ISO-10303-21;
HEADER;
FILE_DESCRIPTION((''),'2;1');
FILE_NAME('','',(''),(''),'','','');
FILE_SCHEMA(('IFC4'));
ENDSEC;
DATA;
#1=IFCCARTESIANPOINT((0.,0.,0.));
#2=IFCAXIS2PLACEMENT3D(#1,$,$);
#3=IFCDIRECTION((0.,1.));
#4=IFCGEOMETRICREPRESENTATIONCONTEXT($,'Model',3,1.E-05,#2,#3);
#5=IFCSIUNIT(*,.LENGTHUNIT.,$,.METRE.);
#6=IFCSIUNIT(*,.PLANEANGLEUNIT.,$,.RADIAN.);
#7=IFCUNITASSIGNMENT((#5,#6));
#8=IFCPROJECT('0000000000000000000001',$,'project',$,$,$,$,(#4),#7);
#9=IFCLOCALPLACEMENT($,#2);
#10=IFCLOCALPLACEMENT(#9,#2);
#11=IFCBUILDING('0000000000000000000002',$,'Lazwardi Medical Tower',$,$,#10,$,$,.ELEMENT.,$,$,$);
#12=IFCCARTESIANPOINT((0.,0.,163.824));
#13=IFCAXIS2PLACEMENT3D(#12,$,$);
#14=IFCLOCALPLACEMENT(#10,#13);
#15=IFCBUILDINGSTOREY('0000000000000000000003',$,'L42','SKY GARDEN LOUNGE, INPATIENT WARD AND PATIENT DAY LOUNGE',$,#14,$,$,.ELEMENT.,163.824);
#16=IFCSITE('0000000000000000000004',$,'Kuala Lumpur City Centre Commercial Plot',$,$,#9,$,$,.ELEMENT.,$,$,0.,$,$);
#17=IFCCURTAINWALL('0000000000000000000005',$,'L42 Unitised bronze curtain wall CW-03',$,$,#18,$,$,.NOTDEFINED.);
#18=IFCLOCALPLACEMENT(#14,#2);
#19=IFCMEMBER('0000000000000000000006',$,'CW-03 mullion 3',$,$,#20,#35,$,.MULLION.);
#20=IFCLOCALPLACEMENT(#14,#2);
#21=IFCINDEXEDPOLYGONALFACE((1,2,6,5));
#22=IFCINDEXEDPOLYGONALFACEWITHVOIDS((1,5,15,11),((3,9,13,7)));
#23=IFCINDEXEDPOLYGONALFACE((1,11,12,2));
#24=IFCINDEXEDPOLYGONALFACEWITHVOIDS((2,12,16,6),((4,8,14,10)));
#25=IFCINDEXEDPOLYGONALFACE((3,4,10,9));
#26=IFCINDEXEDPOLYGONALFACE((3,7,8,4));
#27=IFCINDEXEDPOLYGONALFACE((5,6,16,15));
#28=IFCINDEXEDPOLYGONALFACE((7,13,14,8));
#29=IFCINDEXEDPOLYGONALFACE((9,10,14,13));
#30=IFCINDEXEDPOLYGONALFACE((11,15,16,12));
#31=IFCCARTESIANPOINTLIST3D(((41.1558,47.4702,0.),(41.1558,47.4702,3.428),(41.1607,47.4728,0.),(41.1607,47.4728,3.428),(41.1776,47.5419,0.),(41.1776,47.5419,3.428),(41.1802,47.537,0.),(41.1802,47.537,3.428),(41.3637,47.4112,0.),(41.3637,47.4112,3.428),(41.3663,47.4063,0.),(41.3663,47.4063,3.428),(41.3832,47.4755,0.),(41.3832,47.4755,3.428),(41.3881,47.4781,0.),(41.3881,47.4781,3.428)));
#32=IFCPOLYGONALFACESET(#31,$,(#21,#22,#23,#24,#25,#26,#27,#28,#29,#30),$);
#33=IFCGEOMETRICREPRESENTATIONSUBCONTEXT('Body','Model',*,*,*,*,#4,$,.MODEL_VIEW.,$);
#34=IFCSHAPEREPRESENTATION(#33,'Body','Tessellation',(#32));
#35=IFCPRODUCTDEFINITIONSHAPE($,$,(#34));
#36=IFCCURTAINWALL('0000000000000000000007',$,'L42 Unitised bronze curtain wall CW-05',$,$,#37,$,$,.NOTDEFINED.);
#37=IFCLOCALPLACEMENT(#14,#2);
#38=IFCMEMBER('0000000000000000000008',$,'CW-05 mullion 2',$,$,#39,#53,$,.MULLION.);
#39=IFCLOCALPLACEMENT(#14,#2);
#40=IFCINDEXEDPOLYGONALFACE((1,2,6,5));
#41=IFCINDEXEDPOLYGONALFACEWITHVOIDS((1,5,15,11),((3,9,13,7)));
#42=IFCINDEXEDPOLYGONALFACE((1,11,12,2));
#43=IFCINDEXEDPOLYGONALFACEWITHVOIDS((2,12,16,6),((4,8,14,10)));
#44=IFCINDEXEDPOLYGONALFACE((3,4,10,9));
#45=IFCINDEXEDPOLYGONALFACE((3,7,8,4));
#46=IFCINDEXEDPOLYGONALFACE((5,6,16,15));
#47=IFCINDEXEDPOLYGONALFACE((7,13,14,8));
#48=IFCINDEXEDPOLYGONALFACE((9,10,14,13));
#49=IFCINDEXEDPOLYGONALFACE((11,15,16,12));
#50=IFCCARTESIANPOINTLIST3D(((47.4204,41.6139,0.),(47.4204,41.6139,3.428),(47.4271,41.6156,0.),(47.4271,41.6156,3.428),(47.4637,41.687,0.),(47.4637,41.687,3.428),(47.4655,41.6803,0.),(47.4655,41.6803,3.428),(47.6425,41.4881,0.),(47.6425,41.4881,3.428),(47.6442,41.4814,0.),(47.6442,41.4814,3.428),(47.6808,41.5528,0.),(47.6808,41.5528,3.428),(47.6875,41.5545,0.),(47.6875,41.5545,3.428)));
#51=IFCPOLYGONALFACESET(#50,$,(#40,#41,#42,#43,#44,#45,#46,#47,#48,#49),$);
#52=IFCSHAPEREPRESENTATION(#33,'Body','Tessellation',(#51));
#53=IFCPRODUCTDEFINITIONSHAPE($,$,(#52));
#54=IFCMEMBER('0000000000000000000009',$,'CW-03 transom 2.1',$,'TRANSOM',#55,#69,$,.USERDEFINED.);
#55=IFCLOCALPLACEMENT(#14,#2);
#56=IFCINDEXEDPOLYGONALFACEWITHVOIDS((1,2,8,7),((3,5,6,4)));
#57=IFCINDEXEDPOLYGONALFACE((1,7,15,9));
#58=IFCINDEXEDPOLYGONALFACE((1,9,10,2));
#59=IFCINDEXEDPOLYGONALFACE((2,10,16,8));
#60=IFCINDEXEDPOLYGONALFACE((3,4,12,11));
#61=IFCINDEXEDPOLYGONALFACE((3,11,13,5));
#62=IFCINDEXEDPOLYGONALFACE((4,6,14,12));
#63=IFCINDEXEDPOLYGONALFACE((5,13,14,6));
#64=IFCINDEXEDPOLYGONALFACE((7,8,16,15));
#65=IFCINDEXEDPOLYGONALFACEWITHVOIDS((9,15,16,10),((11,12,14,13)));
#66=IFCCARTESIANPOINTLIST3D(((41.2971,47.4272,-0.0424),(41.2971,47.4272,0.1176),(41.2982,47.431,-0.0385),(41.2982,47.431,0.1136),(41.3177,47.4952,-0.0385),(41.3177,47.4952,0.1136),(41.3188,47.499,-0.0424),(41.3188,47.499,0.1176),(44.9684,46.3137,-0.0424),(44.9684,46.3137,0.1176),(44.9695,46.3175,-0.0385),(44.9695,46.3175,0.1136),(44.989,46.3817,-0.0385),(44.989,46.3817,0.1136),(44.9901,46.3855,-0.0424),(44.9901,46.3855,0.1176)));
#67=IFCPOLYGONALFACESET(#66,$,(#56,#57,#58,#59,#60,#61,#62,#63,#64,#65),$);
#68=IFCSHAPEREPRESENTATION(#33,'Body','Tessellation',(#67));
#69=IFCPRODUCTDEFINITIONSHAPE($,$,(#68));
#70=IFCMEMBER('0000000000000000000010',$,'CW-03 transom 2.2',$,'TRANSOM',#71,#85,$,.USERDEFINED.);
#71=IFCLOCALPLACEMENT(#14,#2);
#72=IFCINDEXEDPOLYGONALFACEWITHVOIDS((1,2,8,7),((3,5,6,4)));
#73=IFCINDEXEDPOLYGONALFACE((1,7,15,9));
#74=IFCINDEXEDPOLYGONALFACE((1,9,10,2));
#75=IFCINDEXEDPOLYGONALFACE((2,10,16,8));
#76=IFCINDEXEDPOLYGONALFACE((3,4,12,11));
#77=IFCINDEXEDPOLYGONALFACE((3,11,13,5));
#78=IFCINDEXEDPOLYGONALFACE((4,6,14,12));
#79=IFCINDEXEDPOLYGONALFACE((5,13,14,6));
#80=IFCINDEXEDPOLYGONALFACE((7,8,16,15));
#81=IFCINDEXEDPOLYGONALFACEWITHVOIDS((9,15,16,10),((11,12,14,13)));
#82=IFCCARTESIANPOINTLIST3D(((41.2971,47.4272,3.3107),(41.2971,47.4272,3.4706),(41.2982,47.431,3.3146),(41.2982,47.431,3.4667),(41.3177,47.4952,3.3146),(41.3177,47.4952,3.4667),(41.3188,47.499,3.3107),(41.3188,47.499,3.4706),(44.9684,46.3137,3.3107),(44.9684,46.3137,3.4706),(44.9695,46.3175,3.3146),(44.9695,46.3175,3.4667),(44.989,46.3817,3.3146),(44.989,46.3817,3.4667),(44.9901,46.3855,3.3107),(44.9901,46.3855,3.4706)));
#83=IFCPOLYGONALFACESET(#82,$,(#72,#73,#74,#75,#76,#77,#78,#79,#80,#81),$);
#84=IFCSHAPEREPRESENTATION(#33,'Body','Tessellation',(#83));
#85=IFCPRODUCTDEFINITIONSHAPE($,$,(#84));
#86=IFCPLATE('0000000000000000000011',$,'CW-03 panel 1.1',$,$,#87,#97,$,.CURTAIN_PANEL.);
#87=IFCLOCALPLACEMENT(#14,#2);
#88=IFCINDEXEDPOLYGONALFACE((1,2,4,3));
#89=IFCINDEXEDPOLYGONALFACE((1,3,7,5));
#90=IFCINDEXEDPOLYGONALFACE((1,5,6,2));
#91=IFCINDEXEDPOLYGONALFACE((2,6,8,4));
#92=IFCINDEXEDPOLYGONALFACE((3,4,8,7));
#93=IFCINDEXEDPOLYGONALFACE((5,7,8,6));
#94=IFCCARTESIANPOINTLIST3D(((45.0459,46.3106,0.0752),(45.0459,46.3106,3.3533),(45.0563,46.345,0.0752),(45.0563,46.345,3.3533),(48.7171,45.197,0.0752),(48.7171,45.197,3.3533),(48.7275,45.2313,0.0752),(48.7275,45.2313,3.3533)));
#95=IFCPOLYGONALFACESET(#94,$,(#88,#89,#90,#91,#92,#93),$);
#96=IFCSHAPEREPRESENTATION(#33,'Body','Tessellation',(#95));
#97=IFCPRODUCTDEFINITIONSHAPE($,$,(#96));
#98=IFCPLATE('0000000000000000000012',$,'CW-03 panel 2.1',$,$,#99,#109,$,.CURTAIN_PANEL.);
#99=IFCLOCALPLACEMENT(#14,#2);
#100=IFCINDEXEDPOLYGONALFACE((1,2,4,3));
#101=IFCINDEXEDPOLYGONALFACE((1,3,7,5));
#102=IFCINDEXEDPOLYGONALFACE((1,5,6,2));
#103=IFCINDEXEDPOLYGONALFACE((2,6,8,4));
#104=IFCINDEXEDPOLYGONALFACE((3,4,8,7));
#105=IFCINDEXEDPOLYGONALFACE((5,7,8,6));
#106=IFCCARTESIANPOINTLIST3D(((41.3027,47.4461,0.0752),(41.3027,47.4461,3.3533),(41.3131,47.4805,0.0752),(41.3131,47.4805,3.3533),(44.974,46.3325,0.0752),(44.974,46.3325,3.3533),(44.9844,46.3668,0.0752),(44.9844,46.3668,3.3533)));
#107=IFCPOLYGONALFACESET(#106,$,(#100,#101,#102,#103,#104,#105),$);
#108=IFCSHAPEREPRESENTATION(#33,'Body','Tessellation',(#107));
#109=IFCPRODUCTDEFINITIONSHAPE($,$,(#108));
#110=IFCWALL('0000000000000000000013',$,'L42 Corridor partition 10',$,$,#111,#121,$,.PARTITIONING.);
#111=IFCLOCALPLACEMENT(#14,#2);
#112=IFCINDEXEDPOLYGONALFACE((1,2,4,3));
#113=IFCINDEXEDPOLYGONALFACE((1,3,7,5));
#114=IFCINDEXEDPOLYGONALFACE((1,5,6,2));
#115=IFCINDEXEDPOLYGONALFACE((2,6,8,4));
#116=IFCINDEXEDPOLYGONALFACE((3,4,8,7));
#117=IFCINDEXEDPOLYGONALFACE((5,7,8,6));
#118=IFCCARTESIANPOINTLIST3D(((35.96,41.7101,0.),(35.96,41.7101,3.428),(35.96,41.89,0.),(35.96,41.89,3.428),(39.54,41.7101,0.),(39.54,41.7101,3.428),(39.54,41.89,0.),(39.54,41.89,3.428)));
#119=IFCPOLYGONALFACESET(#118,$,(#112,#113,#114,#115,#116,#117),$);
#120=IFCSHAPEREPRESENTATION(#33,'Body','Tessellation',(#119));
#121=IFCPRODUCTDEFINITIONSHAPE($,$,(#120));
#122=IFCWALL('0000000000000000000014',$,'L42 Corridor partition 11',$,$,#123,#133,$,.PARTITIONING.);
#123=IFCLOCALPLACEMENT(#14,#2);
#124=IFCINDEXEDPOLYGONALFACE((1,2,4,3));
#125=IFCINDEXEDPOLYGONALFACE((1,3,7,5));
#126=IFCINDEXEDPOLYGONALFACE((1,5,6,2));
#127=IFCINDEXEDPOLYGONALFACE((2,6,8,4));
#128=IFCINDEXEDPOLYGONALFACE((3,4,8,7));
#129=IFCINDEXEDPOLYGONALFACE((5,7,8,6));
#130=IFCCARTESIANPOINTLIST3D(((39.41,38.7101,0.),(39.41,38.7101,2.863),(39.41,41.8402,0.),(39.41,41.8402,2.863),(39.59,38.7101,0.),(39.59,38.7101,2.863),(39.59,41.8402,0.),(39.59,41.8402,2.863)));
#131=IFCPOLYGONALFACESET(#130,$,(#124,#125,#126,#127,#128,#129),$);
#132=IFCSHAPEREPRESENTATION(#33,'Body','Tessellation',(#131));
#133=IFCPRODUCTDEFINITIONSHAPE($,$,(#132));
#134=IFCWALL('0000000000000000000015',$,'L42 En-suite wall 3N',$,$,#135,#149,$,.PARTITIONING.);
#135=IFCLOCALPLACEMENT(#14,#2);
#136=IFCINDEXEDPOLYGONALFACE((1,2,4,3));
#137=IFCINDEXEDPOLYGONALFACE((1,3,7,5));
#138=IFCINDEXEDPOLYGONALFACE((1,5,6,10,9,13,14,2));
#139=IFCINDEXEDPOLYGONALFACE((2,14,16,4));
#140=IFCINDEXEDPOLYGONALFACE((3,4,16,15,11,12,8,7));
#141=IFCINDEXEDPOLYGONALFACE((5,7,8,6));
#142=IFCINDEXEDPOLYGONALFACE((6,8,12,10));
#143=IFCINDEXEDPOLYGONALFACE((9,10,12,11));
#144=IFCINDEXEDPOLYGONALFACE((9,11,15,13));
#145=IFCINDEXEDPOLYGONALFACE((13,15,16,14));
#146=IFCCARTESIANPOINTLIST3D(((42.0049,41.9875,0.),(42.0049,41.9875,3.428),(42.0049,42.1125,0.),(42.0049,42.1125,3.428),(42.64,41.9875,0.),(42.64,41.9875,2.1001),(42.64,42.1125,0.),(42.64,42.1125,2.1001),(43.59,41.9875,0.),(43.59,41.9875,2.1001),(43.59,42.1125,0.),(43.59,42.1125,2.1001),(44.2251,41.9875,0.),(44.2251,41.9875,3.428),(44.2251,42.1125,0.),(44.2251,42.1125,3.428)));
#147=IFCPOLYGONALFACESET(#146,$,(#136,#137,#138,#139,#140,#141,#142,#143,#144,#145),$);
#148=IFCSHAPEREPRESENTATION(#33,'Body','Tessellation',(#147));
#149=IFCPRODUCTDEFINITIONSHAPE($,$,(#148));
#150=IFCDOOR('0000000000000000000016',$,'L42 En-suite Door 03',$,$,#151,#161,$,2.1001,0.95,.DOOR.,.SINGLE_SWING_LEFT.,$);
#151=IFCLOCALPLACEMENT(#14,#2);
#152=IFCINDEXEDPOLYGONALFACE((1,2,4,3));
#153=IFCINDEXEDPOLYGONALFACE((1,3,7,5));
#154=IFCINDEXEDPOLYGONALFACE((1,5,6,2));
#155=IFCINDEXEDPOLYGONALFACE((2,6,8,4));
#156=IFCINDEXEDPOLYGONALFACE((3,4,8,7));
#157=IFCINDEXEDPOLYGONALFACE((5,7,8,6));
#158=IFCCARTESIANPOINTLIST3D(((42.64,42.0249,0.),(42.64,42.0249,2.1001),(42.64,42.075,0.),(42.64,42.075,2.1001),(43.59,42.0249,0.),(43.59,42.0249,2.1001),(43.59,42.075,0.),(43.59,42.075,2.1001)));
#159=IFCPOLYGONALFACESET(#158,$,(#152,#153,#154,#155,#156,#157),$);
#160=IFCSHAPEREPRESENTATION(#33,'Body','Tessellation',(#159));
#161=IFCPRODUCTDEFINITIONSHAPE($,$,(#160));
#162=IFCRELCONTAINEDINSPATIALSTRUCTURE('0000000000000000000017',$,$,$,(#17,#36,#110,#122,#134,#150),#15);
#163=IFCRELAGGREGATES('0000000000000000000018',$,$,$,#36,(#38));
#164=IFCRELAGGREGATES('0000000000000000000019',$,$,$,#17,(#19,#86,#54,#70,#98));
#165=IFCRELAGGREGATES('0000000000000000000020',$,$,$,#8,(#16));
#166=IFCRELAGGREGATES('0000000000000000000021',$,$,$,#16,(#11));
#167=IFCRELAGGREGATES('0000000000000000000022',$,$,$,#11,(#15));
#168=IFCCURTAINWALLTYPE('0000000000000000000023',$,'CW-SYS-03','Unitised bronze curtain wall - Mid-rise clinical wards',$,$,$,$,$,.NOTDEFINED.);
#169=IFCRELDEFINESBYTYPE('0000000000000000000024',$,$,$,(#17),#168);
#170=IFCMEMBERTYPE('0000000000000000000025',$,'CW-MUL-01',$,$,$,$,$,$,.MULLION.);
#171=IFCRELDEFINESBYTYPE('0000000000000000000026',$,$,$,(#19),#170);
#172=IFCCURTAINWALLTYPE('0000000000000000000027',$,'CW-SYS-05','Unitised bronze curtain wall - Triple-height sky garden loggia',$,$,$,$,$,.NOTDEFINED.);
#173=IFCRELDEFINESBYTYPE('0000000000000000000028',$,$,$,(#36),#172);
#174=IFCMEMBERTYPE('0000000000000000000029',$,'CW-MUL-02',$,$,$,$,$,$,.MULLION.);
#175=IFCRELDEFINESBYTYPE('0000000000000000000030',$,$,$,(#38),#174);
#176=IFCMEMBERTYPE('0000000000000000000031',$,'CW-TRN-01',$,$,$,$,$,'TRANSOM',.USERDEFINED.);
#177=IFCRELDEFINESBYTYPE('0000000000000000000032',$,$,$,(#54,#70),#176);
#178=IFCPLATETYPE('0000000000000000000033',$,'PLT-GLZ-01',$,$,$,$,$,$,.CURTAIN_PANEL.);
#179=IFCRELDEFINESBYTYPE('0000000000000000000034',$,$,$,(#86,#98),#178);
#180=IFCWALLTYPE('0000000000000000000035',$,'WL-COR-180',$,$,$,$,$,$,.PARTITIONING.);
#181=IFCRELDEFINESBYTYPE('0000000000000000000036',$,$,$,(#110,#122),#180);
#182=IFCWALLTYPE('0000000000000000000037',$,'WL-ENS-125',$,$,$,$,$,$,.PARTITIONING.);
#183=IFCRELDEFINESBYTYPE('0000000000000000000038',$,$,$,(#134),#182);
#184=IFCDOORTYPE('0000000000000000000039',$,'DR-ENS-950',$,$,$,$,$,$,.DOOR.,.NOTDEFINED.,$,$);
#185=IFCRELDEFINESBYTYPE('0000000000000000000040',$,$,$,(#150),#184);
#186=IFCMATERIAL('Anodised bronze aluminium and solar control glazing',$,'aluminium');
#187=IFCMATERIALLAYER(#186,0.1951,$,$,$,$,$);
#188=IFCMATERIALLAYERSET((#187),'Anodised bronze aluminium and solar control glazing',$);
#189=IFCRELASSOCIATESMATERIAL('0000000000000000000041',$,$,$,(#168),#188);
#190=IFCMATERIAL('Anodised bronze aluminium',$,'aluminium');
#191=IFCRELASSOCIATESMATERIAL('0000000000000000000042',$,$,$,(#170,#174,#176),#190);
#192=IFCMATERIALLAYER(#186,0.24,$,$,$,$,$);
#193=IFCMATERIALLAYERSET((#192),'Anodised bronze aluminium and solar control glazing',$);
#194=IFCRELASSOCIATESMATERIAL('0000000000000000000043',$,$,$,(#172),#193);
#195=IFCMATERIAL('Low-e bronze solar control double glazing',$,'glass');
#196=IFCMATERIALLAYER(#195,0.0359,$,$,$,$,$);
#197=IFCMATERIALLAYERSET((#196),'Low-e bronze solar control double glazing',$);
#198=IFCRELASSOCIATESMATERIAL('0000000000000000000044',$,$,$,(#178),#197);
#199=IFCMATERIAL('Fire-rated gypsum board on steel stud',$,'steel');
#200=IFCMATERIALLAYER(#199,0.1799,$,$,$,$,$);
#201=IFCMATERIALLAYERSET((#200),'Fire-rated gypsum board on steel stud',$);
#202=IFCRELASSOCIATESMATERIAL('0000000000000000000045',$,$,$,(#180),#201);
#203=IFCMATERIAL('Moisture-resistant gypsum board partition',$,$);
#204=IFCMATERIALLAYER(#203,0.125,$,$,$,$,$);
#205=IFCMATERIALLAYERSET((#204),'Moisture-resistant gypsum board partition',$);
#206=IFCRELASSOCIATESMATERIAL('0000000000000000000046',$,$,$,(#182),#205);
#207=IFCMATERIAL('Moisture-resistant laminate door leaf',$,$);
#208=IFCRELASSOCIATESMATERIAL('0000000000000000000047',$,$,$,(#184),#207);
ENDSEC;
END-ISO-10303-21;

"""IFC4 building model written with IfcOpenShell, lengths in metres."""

from ifc_helpers import new_model, si_unit, direction, frame, frame_2d, origin, origin_2d, place, context, subcontext, project, spatial, rectangle, hollow_rectangle, extrude, material, layer, layer_set, material_profile, profile_set, type_object, element, fill, aggregate, save


model = new_model("IFC4")

# Units and contexts
model_context = context("Model", 3, precision=1e-05, world=origin(), true_north=direction((0.0, 1.0)))
body_context = subcontext(model_context, "Body", "Model", "MODEL_VIEW")
ifc_project = project(units=[si_unit("LENGTHUNIT", "METRE"), si_unit("PLANEANGLEUNIT", "RADIAN")], contexts=[model_context])

# Site, building, storey
site_placement = place(None, origin())
site = spatial("IfcSite", under=ifc_project, at=site_placement, Name="Kuala Lumpur City Centre Commercial Plot", CompositionType="ELEMENT", RefElevation=0.0)
building_placement = place(site_placement, origin())
building = spatial("IfcBuilding", under=site, at=building_placement, Name="Lazwardi Medical Tower", CompositionType="ELEMENT")
storey_placement = place(building_placement, frame((0.0, 0.0, 163.824)))
storey = spatial("IfcBuildingStorey", under=building, at=storey_placement, Name="L42", Description="SKY GARDEN LOUNGE, INPATIENT WARD AND PATIENT DAY LOUNGE", CompositionType="ELEMENT", Elevation=163.824)

# Curtain wall, member
ifc_material_1 = material(Name="Anodised bronze aluminium and solar control glazing", Category="aluminium")
ifc_layer_1 = layer(ifc_material_1, 0.1951)
ifc_layer_set_1 = layer_set([ifc_layer_1], Name="Anodised bronze aluminium and solar control glazing")
curtain_wall_type_1 = type_object("IfcCurtainWallType", Name="CW-SYS-03", Description="Unitised bronze curtain wall - Mid-rise clinical wards", PredefinedType="NOTDEFINED", material=ifc_layer_set_1)
curtain_wall_1_placement = place(storey_placement, origin())
curtain_wall_1 = element("IfcCurtainWall", 1, at=curtain_wall_1_placement, inside=storey, type_object=curtain_wall_type_1, Name="L42 Unitised bronze curtain wall CW-03", PredefinedType="NOTDEFINED")
ifc_material_2 = material(Name="Anodised bronze aluminium", Category="aluminium")
ifc_material_profile_1 = material_profile(ifc_material_2, hollow_rectangle(XDim=0.075, YDim=0.22, WallThickness=0.0039, at=origin_2d()), Name="ALU-MULLION 220x75x4")
ifc_profile_set_1 = profile_set([ifc_material_profile_1], Name="Anodised bronze aluminium")
member_type_1 = type_object("IfcMemberType", Name="CW-MUL-01", PredefinedType="MULLION", material=ifc_profile_set_1)
member_1_placement = place(storey_placement, frame((41.272, 47.4741, 0.0), z_axis=(0.0, 0.0, 1.0), x_axis=(-0.290281, -0.956942, 0.0)))
member_1 = element("IfcMember", 2, at=member_1_placement, type_object=member_type_1, Name="CW-03 mullion 3", PredefinedType="MULLION", context=body_context, shape_type="SweptSolid", body=[
    extrude(hollow_rectangle(XDim=0.075, YDim=0.22, WallThickness=0.0039, at=origin_2d()), origin(), (0.0, 0.0, 1.0), 3.428),
])

# Curtain wall, member
ifc_layer_2 = layer(ifc_material_1, 0.24)
ifc_layer_set_2 = layer_set([ifc_layer_2], Name="Anodised bronze aluminium and solar control glazing")
curtain_wall_type_2 = type_object("IfcCurtainWallType", Name="CW-SYS-05", Description="Unitised bronze curtain wall - Triple-height sky garden loggia", PredefinedType="NOTDEFINED", material=ifc_layer_set_2)
curtain_wall_2_placement = place(storey_placement, origin())
curtain_wall_2 = element("IfcCurtainWall", 3, at=curtain_wall_2_placement, inside=storey, type_object=curtain_wall_type_2, Name="L42 Unitised bronze curtain wall CW-05", PredefinedType="NOTDEFINED")
ifc_material_profile_2 = material_profile(ifc_material_2, hollow_rectangle(XDim=0.085, YDim=0.26, WallThickness=0.0049, at=origin_2d()), Name="ALU-MULLION 260x85x5")
ifc_profile_set_2 = profile_set([ifc_material_profile_2], Name="Anodised bronze aluminium")
member_type_2 = type_object("IfcMemberType", Name="CW-MUL-02", PredefinedType="MULLION", material=ifc_profile_set_2)
member_2_placement = place(storey_placement, frame((47.554, 41.5842, 0.0), z_axis=(0.0, 0.0, 1.0), x_axis=(-0.509571, -0.860429, 0.0)))
member_2 = element("IfcMember", 4, at=member_2_placement, type_object=member_type_2, Name="CW-05 mullion 2", PredefinedType="MULLION", context=body_context, shape_type="SweptSolid", body=[
    extrude(hollow_rectangle(XDim=0.085, YDim=0.26, WallThickness=0.0049, at=origin_2d()), origin(), (0.0, 0.0, 1.0), 3.428),
])
aggregate(curtain_wall_2, [member_2])

# Members
ifc_material_profile_3 = material_profile(ifc_material_2, hollow_rectangle(XDim=0.075, YDim=0.1599, WallThickness=0.0039, at=origin_2d()), Name="ALU-TRANSOM 160x75x4")
ifc_profile_set_3 = profile_set([ifc_material_profile_3], Name="Anodised bronze aluminium")
member_type_3 = type_object("IfcMemberType", Name="CW-TRN-01", ElementType="TRANSOM", PredefinedType="USERDEFINED", material=ifc_profile_set_3)
member_3_placement = place(storey_placement, frame((44.9792, 46.3496, 0.0376), z_axis=(-0.956953, 0.290242, 0.0), x_axis=(-0.290242, -0.956953, 0.0)))
member_3 = element("IfcMember", 5, at=member_3_placement, type_object=member_type_3, Name="CW-03 transom 2.1", ObjectType="TRANSOM", PredefinedType="USERDEFINED", context=body_context, shape_type="SweptSolid", body=[
    extrude(hollow_rectangle(XDim=0.075, YDim=0.1599, WallThickness=0.0039, at=origin_2d()), origin(), (0.0, 0.0, 1.0), 3.8364),
])
member_4_placement = place(storey_placement, frame((44.9792, 46.3496, 3.3906), z_axis=(-0.956953, 0.290242, 0.0), x_axis=(-0.290242, -0.956953, 0.0)))
member_4 = element("IfcMember", 6, at=member_4_placement, type_object=member_type_3, Name="CW-03 transom 2.2", ObjectType="TRANSOM", PredefinedType="USERDEFINED", context=body_context, shape_type="SweptSolid", body=[
    extrude(hollow_rectangle(XDim=0.075, YDim=0.1599, WallThickness=0.0039, at=origin_2d()), origin(), (0.0, 0.0, 1.0), 3.8364),
])

# Plates
ifc_material_3 = material(Name="Low-e bronze solar control double glazing", Category="glass")
ifc_layer_3 = layer(ifc_material_3, 0.0359)
ifc_layer_set_3 = layer_set([ifc_layer_3], Name="Low-e bronze solar control double glazing")
plate_type = type_object("IfcPlateType", Name="PLT-GLZ-01", PredefinedType="CURTAIN_PANEL", material=ifc_layer_set_3)
plate_1_placement = place(storey_placement, frame((46.8867, 45.771, 0.0752), z_axis=(0.0, 0.0, 1.0), x_axis=(-0.956942, 0.290281, 0.0)))
plate_1 = element("IfcPlate", 7, at=plate_1_placement, type_object=plate_type, Name="CW-03 panel 1.1", PredefinedType="CURTAIN_PANEL", context=body_context, shape_type="SweptSolid", body=[
    extrude(rectangle(XDim=3.8364, YDim=0.0359, at=origin_2d()), origin(), (0.0, 0.0, 1.0), 3.2781),
])
plate_2_placement = place(storey_placement, frame((43.1436, 46.9065, 0.0752), z_axis=(0.0, 0.0, 1.0), x_axis=(-0.956942, 0.290281, 0.0)))
plate_2 = element("IfcPlate", 8, at=plate_2_placement, type_object=plate_type, Name="CW-03 panel 2.1", PredefinedType="CURTAIN_PANEL", context=body_context, shape_type="SweptSolid", body=[
    extrude(rectangle(XDim=3.8364, YDim=0.0359, at=origin_2d()), origin(), (0.0, 0.0, 1.0), 3.2781),
])
aggregate(curtain_wall_1, [member_1, plate_1, member_3, member_4, plate_2])

# Walls
ifc_material_4 = material(Name="Fire-rated gypsum board on steel stud", Category="steel")
ifc_layer_4 = layer(ifc_material_4, 0.1799)
ifc_layer_set_4 = layer_set([ifc_layer_4], Name="Fire-rated gypsum board on steel stud")
wall_type_1 = type_object("IfcWallType", Name="WL-COR-180", PredefinedType="PARTITIONING", material=ifc_layer_set_4)
wall_1_placement = place(storey_placement, frame((35.96, 41.8, 0.0), z_axis=(0.0, 0.0, 1.0), x_axis=(1.0, 0.0, 0.0)))
element("IfcWall", 9, at=wall_1_placement, inside=storey, type_object=wall_type_1, Name="L42 Corridor partition 10", PredefinedType="PARTITIONING", context=body_context, shape_type="SweptSolid", body=[
    extrude(rectangle(XDim=3.5801, YDim=0.1799, at=frame_2d((1.79, 0.0))), origin(), (0.0, 0.0, 1.0), 3.428),
])
wall_2_placement = place(storey_placement, frame((39.5, 41.8401, 0.0), z_axis=(0.0, 0.0, 1.0), x_axis=(0.0, -1.0, 0.0)))
element("IfcWall", 10, at=wall_2_placement, inside=storey, type_object=wall_type_1, Name="L42 Corridor partition 11", PredefinedType="PARTITIONING", context=body_context, shape_type="SweptSolid", body=[
    extrude(rectangle(XDim=3.1301, YDim=0.1799, at=frame_2d((1.5649, 0.0))), origin(), (0.0, 0.0, 1.0), 2.863),
])

# Wall, opening, door
ifc_material_5 = material(Name="Moisture-resistant gypsum board partition")
ifc_layer_5 = layer(ifc_material_5, 0.125)
ifc_layer_set_5 = layer_set([ifc_layer_5], Name="Moisture-resistant gypsum board partition")
wall_type_2 = type_object("IfcWallType", Name="WL-ENS-125", PredefinedType="PARTITIONING", material=ifc_layer_set_5)
wall_3_placement = place(storey_placement, frame((42.0049, 42.05, 0.0), z_axis=(0.0, 0.0, 1.0), x_axis=(1.0, 0.0, 0.0)))
wall_3 = element("IfcWall", 11, at=wall_3_placement, inside=storey, type_object=wall_type_2, Name="L42 En-suite wall 3N", PredefinedType="PARTITIONING", context=body_context, shape_type="SweptSolid", body=[
    extrude(rectangle(XDim=2.2202, YDim=0.125, at=frame_2d((1.1101, 0.0))), origin(), (0.0, 0.0, 1.0), 3.428),
])
opening_1_placement = place(wall_3_placement, frame((0.635, 0.0, 0.0)))
opening_1 = element("IfcOpeningElement", 12, at=opening_1_placement, cuts=wall_3, PredefinedType="OPENING", context=body_context, shape_type="SweptSolid", body=[
    extrude(rectangle(XDim=0.95, YDim=2.1001, at=frame_2d((0.4751, 1.05))), frame((0.0, 0.0725, 0.0), z_axis=(0.0, -1.0, 0.0), x_axis=(1.0, 0.0, 0.0)), (0.0, 0.0, 1.0), 0.145),
])
ifc_material_6 = material(Name="Moisture-resistant laminate door leaf")
door_type = type_object("IfcDoorType", Name="DR-ENS-950", OperationType="NOTDEFINED", PredefinedType="DOOR", material=ifc_material_6)
door_placement = place(opening_1_placement, origin())
door = element("IfcDoor", 13, at=door_placement, inside=storey, type_object=door_type, Name="L42 En-suite Door 03", OperationType="SINGLE_SWING_LEFT", OverallHeight=2.1001, OverallWidth=0.95, PredefinedType="DOOR", context=body_context, shape_type="SweptSolid", body=[
    extrude(rectangle(XDim=0.95, YDim=2.1001, at=frame_2d((0.4751, 1.05))), frame((0.0, 0.0249, 0.0), z_axis=(0.0, -1.0, 0.0), x_axis=(1.0, 0.0, 0.0)), (0.0, 0.0, 1.0), 0.05),
])
fill(opening_1, door)

save(model, "model.ifc")
